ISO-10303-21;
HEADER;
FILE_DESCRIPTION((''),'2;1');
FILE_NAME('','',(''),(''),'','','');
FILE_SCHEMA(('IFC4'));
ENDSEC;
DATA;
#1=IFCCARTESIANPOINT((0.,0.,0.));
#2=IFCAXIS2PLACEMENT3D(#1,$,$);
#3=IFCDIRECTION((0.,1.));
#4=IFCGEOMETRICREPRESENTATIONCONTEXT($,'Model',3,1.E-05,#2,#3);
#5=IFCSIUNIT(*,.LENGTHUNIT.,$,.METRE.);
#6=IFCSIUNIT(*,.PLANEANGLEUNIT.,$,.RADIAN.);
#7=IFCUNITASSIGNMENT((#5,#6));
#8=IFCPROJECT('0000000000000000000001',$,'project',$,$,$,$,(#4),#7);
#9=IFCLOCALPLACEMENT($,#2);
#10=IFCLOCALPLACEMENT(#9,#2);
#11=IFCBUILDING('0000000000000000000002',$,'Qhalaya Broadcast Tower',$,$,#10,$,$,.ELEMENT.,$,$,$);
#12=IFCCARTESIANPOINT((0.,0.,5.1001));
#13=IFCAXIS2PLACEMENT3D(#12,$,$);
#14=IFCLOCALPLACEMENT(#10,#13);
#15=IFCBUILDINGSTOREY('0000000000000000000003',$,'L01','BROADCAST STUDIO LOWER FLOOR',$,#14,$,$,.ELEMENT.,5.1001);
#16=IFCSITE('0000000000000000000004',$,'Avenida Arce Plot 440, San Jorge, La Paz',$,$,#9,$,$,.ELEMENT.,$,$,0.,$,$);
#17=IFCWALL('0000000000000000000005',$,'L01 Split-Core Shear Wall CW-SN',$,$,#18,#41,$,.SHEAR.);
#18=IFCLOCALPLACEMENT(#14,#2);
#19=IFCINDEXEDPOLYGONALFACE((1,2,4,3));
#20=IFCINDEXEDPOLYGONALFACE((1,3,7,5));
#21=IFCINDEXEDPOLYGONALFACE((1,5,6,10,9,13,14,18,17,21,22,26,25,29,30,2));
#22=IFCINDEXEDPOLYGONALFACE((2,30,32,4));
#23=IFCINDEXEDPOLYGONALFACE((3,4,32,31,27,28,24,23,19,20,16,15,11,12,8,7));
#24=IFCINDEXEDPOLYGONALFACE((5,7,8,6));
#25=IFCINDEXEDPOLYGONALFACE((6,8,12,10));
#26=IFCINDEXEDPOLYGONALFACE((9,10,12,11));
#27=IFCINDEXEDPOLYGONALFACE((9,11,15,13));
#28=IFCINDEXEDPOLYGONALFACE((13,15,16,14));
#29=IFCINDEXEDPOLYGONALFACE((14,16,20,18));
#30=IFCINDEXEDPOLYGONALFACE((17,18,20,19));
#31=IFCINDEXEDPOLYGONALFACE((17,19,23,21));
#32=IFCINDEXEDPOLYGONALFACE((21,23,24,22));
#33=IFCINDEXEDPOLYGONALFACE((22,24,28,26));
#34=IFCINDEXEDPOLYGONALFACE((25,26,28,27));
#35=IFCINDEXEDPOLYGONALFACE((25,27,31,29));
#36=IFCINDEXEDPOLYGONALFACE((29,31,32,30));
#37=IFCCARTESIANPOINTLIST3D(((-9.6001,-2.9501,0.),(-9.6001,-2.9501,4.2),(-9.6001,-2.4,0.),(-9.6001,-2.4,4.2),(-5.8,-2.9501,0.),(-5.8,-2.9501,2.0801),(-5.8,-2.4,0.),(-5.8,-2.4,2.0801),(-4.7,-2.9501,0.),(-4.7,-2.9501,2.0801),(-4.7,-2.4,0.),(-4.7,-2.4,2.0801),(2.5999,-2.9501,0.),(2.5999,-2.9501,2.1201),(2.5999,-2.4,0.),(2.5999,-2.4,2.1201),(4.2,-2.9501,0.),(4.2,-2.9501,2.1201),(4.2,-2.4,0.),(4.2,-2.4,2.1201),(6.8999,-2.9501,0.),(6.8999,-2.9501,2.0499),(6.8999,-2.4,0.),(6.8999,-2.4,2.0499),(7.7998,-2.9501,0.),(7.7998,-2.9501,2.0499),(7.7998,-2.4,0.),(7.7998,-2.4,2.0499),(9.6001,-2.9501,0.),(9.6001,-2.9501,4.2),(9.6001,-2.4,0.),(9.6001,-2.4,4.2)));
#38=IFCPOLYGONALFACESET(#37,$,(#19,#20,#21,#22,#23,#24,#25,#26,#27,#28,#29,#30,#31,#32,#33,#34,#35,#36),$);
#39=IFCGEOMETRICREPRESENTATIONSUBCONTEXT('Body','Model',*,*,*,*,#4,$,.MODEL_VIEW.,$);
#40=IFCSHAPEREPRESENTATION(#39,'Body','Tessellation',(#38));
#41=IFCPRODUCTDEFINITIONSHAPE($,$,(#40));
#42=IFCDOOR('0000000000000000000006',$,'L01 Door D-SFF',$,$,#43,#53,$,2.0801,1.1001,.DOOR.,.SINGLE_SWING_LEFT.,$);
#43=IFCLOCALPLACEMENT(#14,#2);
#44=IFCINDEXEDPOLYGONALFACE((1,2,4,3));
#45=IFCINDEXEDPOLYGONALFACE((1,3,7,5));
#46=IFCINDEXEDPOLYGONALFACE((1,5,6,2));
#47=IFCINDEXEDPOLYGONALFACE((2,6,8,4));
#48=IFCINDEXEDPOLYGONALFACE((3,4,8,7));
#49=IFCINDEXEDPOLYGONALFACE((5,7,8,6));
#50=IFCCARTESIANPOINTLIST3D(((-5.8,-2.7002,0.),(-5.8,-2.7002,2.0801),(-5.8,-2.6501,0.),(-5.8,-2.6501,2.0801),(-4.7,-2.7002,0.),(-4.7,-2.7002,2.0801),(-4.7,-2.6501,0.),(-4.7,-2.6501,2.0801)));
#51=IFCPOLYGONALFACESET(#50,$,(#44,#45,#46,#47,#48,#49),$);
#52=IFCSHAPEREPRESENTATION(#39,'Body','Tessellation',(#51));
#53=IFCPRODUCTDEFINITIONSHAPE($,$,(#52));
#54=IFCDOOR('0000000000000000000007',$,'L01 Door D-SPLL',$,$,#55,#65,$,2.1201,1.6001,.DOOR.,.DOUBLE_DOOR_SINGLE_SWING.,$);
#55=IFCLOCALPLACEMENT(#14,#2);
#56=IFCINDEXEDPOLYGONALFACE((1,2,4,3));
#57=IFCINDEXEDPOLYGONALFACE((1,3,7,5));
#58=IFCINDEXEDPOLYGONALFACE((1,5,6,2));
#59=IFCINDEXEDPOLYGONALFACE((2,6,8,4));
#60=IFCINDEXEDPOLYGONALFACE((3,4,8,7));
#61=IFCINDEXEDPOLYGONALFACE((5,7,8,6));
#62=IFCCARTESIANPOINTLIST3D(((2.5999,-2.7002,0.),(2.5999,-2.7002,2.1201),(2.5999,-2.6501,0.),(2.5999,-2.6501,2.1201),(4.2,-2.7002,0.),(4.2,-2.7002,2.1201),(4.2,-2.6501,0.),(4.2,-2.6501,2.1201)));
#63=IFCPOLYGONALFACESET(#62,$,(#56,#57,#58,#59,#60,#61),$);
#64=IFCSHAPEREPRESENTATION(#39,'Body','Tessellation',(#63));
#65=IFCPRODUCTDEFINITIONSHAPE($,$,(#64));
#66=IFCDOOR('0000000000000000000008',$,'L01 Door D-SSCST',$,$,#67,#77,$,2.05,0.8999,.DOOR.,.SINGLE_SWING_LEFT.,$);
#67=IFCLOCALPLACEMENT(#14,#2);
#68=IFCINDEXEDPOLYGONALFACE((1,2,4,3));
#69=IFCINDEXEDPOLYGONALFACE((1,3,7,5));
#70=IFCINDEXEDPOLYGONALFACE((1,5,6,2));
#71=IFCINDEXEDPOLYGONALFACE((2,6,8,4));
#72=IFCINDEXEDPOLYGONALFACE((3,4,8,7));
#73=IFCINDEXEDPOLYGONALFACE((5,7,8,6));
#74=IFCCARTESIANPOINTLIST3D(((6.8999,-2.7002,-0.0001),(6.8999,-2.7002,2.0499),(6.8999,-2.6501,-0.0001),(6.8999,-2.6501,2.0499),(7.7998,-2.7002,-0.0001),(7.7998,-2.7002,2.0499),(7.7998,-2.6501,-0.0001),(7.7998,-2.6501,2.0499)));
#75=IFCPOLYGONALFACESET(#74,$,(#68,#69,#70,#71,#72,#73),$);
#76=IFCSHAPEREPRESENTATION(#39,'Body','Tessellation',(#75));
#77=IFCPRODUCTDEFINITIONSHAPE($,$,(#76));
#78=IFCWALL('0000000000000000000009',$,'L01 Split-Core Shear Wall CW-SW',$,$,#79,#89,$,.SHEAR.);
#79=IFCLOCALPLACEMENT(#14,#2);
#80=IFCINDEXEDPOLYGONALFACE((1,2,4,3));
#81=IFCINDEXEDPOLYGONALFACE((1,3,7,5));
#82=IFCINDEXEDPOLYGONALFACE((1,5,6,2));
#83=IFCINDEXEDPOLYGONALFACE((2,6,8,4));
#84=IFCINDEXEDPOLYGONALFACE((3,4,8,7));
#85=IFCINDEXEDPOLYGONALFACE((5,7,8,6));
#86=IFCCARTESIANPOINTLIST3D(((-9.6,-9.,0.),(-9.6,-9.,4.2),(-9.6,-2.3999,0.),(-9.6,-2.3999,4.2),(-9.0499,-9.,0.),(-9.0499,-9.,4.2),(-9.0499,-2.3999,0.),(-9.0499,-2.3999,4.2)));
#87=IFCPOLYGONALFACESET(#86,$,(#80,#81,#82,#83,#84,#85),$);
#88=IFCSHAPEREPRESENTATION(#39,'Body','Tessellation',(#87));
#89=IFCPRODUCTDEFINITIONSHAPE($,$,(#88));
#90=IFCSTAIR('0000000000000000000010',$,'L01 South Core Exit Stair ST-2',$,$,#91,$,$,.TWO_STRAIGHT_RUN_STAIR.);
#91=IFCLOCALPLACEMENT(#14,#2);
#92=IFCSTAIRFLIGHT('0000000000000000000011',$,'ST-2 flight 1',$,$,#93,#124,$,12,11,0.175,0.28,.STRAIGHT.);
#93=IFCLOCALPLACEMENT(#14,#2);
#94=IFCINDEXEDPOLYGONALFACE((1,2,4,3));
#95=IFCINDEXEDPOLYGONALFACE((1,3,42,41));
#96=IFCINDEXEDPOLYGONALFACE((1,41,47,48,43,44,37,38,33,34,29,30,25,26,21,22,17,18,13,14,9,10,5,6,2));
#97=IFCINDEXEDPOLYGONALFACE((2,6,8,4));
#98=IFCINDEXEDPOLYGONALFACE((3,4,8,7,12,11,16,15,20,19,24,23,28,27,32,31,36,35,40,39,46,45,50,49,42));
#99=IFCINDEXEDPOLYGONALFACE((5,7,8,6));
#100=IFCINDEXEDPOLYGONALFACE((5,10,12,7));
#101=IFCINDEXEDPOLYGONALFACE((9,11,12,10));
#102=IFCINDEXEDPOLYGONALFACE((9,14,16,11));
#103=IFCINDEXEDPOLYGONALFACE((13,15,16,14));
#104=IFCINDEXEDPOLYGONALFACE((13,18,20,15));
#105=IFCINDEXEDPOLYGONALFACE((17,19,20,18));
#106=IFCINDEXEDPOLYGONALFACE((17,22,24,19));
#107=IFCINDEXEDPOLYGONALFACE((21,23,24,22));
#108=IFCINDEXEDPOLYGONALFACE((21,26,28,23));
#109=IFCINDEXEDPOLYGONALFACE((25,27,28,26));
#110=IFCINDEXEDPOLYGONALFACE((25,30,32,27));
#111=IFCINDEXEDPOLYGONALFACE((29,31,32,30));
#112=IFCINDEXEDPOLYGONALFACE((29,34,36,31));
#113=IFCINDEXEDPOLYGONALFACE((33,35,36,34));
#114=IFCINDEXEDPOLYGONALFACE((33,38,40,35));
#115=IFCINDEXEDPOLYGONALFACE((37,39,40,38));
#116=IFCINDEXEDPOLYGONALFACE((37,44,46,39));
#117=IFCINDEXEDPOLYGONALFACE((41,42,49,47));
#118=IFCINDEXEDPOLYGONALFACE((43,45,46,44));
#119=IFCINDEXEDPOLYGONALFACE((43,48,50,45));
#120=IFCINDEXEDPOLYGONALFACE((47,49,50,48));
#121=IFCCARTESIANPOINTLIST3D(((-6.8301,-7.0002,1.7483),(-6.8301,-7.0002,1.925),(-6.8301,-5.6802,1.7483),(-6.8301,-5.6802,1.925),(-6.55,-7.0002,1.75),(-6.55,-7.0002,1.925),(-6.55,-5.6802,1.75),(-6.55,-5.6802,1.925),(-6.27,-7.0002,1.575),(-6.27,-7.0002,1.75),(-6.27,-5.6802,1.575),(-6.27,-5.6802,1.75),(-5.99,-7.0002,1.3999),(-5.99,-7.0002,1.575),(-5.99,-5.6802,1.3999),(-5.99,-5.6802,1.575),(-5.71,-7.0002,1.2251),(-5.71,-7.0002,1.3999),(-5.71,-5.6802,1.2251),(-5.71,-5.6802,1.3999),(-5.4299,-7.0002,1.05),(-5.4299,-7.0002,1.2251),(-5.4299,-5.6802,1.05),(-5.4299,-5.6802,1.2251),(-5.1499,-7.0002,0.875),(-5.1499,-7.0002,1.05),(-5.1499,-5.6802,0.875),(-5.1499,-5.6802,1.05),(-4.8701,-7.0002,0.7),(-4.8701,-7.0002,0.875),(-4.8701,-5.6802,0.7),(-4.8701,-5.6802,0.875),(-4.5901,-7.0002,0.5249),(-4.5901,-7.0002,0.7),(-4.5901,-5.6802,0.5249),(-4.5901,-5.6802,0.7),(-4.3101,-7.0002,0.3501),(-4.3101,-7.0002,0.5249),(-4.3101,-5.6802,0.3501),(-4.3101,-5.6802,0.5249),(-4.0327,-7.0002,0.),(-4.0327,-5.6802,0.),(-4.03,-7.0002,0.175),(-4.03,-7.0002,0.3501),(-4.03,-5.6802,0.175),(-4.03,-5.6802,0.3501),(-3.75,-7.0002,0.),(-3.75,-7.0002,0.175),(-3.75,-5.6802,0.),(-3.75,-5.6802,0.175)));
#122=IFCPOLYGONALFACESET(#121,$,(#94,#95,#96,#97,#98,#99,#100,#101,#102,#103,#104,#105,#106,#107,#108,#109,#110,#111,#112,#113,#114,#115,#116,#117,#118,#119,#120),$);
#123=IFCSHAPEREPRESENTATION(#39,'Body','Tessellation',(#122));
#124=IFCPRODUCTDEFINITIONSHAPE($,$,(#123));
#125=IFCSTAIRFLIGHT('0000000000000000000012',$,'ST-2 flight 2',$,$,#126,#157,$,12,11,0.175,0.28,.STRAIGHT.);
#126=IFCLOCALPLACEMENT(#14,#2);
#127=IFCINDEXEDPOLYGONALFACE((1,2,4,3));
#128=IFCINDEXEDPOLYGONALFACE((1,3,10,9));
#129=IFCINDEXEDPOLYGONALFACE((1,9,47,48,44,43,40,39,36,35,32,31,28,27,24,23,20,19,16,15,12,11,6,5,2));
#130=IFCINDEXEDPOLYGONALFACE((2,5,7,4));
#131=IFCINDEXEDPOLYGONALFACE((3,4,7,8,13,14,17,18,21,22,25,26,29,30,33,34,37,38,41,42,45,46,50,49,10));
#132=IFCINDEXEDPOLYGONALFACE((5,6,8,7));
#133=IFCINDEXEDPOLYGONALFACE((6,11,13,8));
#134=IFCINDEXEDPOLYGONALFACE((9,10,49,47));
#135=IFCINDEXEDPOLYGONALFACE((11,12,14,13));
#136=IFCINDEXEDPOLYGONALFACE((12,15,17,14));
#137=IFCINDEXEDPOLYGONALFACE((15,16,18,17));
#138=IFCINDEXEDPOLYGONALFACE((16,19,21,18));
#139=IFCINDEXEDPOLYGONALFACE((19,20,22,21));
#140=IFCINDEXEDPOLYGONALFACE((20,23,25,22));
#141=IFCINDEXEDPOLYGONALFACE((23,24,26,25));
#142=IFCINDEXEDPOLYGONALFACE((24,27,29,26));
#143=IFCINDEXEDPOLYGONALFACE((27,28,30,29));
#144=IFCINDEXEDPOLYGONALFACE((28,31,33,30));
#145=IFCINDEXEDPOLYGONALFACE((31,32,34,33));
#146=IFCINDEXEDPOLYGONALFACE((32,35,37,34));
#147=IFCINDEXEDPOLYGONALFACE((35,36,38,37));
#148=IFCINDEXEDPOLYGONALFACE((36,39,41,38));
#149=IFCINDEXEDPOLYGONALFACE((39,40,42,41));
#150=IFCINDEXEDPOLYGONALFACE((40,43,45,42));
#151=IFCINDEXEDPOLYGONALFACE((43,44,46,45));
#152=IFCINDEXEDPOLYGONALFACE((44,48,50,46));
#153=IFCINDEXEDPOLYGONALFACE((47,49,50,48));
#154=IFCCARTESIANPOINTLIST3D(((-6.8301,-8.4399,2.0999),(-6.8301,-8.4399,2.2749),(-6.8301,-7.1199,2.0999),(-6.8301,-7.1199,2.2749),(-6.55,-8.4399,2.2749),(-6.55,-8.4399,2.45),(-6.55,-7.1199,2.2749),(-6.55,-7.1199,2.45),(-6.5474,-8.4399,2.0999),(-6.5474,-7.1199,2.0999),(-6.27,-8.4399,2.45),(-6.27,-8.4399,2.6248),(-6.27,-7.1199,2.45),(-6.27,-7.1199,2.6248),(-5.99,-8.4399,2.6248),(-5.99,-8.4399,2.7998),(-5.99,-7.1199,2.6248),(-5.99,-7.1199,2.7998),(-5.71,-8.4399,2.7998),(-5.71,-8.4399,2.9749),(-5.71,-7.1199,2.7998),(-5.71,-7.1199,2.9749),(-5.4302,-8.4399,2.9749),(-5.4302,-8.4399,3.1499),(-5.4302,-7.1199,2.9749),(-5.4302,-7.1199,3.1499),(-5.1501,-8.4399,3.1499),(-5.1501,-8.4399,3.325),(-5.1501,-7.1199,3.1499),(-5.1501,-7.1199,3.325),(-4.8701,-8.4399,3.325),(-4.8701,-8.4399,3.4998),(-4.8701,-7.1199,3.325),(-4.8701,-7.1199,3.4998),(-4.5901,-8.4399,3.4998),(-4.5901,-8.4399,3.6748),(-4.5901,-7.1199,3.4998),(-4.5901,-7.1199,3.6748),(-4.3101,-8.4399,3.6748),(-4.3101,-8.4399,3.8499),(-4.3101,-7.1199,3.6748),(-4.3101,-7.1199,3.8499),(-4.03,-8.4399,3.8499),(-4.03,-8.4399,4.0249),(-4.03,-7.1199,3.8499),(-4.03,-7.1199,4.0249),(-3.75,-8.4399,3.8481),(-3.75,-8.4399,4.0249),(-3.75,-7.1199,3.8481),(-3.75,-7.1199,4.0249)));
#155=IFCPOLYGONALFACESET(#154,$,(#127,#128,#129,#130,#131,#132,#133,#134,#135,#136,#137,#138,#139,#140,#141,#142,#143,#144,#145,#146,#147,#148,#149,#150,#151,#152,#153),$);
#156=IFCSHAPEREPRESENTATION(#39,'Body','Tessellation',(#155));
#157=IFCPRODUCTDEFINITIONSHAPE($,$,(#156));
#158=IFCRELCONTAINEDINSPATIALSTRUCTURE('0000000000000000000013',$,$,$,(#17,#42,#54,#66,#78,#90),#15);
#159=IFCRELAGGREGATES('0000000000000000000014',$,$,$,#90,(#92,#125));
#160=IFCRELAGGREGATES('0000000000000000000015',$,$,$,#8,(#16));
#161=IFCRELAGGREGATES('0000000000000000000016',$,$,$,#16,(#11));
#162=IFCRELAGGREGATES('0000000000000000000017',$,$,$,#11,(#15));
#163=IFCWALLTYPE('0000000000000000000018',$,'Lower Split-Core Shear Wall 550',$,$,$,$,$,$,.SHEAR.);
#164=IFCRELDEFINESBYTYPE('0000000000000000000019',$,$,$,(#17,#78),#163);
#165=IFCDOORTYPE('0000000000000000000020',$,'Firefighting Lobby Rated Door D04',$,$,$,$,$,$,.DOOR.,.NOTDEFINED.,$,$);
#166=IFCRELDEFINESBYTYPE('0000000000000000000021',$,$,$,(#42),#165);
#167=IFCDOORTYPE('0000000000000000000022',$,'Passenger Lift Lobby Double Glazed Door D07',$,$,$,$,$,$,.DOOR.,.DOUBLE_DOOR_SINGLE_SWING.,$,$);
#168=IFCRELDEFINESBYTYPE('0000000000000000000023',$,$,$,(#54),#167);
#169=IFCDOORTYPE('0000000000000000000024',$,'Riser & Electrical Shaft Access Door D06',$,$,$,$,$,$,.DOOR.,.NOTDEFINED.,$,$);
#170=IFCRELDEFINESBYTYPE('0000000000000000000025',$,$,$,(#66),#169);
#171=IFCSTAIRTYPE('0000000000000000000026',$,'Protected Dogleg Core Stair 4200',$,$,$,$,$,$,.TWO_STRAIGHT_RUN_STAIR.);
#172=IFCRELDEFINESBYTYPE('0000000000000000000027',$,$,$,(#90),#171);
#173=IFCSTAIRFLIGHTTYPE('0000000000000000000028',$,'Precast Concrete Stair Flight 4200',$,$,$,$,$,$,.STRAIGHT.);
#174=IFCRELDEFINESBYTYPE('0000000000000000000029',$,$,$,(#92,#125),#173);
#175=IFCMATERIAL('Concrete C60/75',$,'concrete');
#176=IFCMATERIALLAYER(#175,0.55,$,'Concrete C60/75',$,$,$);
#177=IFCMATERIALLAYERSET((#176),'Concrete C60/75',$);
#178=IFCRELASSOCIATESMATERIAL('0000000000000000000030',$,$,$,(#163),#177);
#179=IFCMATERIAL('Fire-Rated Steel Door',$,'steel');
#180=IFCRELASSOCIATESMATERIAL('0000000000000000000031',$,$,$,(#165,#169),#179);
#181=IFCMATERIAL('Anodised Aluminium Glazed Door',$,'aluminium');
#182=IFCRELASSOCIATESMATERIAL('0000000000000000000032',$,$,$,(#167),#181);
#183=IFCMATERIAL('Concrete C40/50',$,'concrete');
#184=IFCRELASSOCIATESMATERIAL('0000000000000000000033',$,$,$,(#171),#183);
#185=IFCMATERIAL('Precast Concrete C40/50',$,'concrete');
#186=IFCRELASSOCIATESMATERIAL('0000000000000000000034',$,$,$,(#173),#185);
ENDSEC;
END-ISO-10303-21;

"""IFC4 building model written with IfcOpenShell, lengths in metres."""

from ifc_helpers import new_model, si_unit, direction, frame, frame_2d, origin, place, context, subcontext, project, spatial, polyline, rectangle, outline, extrude, material, layer, layer_set, type_object, element, fill, aggregate, save


model = new_model("IFC4")

# Units and contexts
model_context = context("Model", 3, precision=1e-05, world=origin(), true_north=direction((0.0, 1.0)))
body_context = subcontext(model_context, "Body", "Model", "MODEL_VIEW")
ifc_project = project(units=[si_unit("LENGTHUNIT", "METRE"), si_unit("PLANEANGLEUNIT", "RADIAN")], contexts=[model_context])

# Site, building, storey
site_placement = place(None, origin())
site = spatial("IfcSite", under=ifc_project, at=site_placement, Name="Avenida Arce Plot 440, San Jorge, La Paz", CompositionType="ELEMENT", RefElevation=0.0)
building_placement = place(site_placement, origin())
building = spatial("IfcBuilding", under=site, at=building_placement, Name="Qhalaya Broadcast Tower", CompositionType="ELEMENT")
storey_placement = place(building_placement, frame((0.0, 0.0, 5.1001)))
storey = spatial("IfcBuildingStorey", under=building, at=storey_placement, Name="L01", Description="BROADCAST STUDIO LOWER FLOOR", CompositionType="ELEMENT", Elevation=5.1001)

# Shared definitions
ifc_material_1 = material(Name="Fire-Rated Steel Door", Category="steel")

# Shared definitions
ifc_material_2 = material(Name="Concrete C60/75", Category="concrete")
ifc_layer_1 = layer(ifc_material_2, 0.55, Name="Concrete C60/75")
ifc_layer_set_1 = layer_set([ifc_layer_1], Name="Concrete C60/75")
wall_type_1 = type_object("IfcWallType", Name="Lower Split-Core Shear Wall 550", PredefinedType="SHEAR", material=ifc_layer_set_1)

# Wall, openings, doors
wall_1_placement = place(storey_placement, frame((-9.6001, -2.675, 0.0), z_axis=(0.0, 0.0, 1.0), x_axis=(1.0, 0.0, 0.0)))
wall_1 = element("IfcWall", 1, at=wall_1_placement, inside=storey, type_object=wall_type_1, Name="L01 Split-Core Shear Wall CW-SN", PredefinedType="SHEAR", context=body_context, shape_type="SweptSolid", body=[
    extrude(rectangle(XDim=19.2002, YDim=0.55, at=frame_2d((9.6001, 0.0))), origin(), (0.0, 0.0, 1.0), 4.2),
])
opening_1_placement = place(wall_1_placement, frame((3.8, 0.0, 0.0)))
opening_1 = element("IfcOpeningElement", 2, at=opening_1_placement, cuts=wall_1, PredefinedType="OPENING", context=body_context, shape_type="SweptSolid", body=[
    extrude(rectangle(XDim=1.1001, YDim=2.0801, at=frame_2d((0.55, 1.04))), frame((0.0, 0.2871, 0.0), z_axis=(0.0, -1.0, 0.0), x_axis=(1.0, 0.0, 0.0)), (0.0, 0.0, 1.0), 0.574),
])
opening_2_placement = place(wall_1_placement, frame((12.2, 0.0, 0.0)))
opening_2 = element("IfcOpeningElement", 3, at=opening_2_placement, cuts=wall_1, PredefinedType="OPENING", context=body_context, shape_type="SweptSolid", body=[
    extrude(rectangle(XDim=1.6001, YDim=2.1201, at=frame_2d((0.8, 1.0601))), frame((0.0, 0.2871, 0.0), z_axis=(0.0, -1.0, 0.0), x_axis=(1.0, 0.0, 0.0)), (0.0, 0.0, 1.0), 0.574),
])
opening_3_placement = place(wall_1_placement, frame((16.5, 0.0, 0.0)))
opening_3 = element("IfcOpeningElement", 4, at=opening_3_placement, cuts=wall_1, PredefinedType="OPENING", context=body_context, shape_type="SweptSolid", body=[
    extrude(rectangle(XDim=0.8999, YDim=2.05, at=frame_2d((0.45, 1.0249))), frame((0.0, 0.2871, 0.0), z_axis=(0.0, -1.0, 0.0), x_axis=(1.0, 0.0, 0.0)), (0.0, 0.0, 1.0), 0.574),
])
door_type_1 = type_object("IfcDoorType", Name="Firefighting Lobby Rated Door D04", OperationType="NOTDEFINED", PredefinedType="DOOR", material=ifc_material_1)
door_1_placement = place(opening_1_placement, origin())
door_1 = element("IfcDoor", 5, at=door_1_placement, inside=storey, type_object=door_type_1, Name="L01 Door D-SFF", OperationType="SINGLE_SWING_LEFT", OverallHeight=2.0801, OverallWidth=1.1001, PredefinedType="DOOR", context=body_context, shape_type="SweptSolid", body=[
    extrude(rectangle(XDim=1.1001, YDim=2.0801, at=frame_2d((0.55, 1.04))), frame((0.0, 0.0249, 0.0), z_axis=(0.0, -1.0, 0.0), x_axis=(1.0, 0.0, 0.0)), (0.0, 0.0, 1.0), 0.05),
])
fill(opening_1, door_1)
ifc_material_3 = material(Name="Anodised Aluminium Glazed Door", Category="aluminium")
door_type_2 = type_object("IfcDoorType", Name="Passenger Lift Lobby Double Glazed Door D07", OperationType="DOUBLE_DOOR_SINGLE_SWING", PredefinedType="DOOR", material=ifc_material_3)
door_2_placement = place(opening_2_placement, origin())
door_2 = element("IfcDoor", 6, at=door_2_placement, inside=storey, type_object=door_type_2, Name="L01 Door D-SPLL", OperationType="DOUBLE_DOOR_SINGLE_SWING", OverallHeight=2.1201, OverallWidth=1.6001, PredefinedType="DOOR", context=body_context, shape_type="SweptSolid", body=[
    extrude(rectangle(XDim=1.6001, YDim=2.1201, at=frame_2d((0.8, 1.0601))), frame((0.0, 0.0249, 0.0), z_axis=(0.0, -1.0, 0.0), x_axis=(1.0, 0.0, 0.0)), (0.0, 0.0, 1.0), 0.05),
])
fill(opening_2, door_2)
door_type_3 = type_object("IfcDoorType", Name="Riser & Electrical Shaft Access Door D06", OperationType="NOTDEFINED", PredefinedType="DOOR", material=ifc_material_1)
door_3_placement = place(opening_3_placement, origin())
door_3 = element("IfcDoor", 7, at=door_3_placement, inside=storey, type_object=door_type_3, Name="L01 Door D-SSCST", OperationType="SINGLE_SWING_LEFT", OverallHeight=2.05, OverallWidth=0.8999, PredefinedType="DOOR", context=body_context, shape_type="SweptSolid", body=[
    extrude(rectangle(XDim=0.8999, YDim=2.05, at=frame_2d((0.45, 1.0249))), frame((0.0, 0.0249, 0.0), z_axis=(0.0, -1.0, 0.0), x_axis=(1.0, 0.0, 0.0)), (0.0, 0.0, 1.0), 0.05),
])
fill(opening_3, door_3)

# Wall
wall_2_placement = place(storey_placement, frame((-9.325, -9.0, 0.0), z_axis=(0.0, 0.0, 1.0), x_axis=(0.0, 1.0, 0.0)))
element("IfcWall", 8, at=wall_2_placement, inside=storey, type_object=wall_type_1, Name="L01 Split-Core Shear Wall CW-SW", PredefinedType="SHEAR", context=body_context, shape_type="SweptSolid", body=[
    extrude(rectangle(XDim=6.6001, YDim=0.55, at=frame_2d((3.3, 0.0))), origin(), (0.0, 0.0, 1.0), 4.2),
])

# Stair, stair flights
ifc_material_4 = material(Name="Concrete C40/50", Category="concrete")
stair_type = type_object("IfcStairType", Name="Protected Dogleg Core Stair 4200", PredefinedType="TWO_STRAIGHT_RUN_STAIR", material=ifc_material_4)
stair_placement = place(storey_placement, origin())
stair = element("IfcStair", 9, at=stair_placement, inside=storey, type_object=stair_type, Name="L01 South Core Exit Stair ST-2", PredefinedType="TWO_STRAIGHT_RUN_STAIR")
ifc_material_5 = material(Name="Precast Concrete C40/50", Category="concrete")
stair_flight_type = type_object("IfcStairFlightType", Name="Precast Concrete Stair Flight 4200", PredefinedType="STRAIGHT", material=ifc_material_5)
stair_flight_1_placement = place(storey_placement, frame((-3.75, -6.3401, 0.0), z_axis=(0.0, 0.0, 1.0), x_axis=(-1.0, 0.0, 0.0)))
stair_flight_1 = element("IfcStairFlight", 10, at=stair_flight_1_placement, type_object=stair_flight_type, Name="ST-2 flight 1", NumberOfRisers=12, NumberOfTreads=11, PredefinedType="STRAIGHT", RiserHeight=0.175, TreadLength=0.28, context=body_context, shape_type="SweptSolid", body=[
    extrude(outline(polyline([(0.0, 0.0), (0.0, 0.175), (0.28, 0.175), (0.28, 0.3501), (0.5601, 0.3501), (0.5601, 0.5249), (0.8401, 0.5249), (0.8401, 0.7), (1.1201, 0.7), (1.1201, 0.875), (1.3999, 0.875), (1.3999, 1.05), (1.6799, 1.05), (1.6799, 1.2251), (1.96, 1.2251), (1.96, 1.3999), (2.24, 1.3999), (2.24, 1.575), (2.52, 1.575), (2.52, 1.75), (2.8, 1.75), (2.8, 1.925), (3.0801, 1.925), (3.0801, 2.1001), (3.0801, 1.7483), (0.2827, 0.0), (0.0, 0.0)])), frame((0.0, 0.6602, 0.0), z_axis=(0.0, -1.0, 0.0), x_axis=(1.0, 0.0, 0.0)), (0.0, 0.0, 1.0), 1.3201),
])
stair_flight_2_placement = place(storey_placement, frame((-6.8301, -7.78, 2.0999), z_axis=(0.0, 0.0, 1.0), x_axis=(1.0, 0.0, 0.0)))
stair_flight_2 = element("IfcStairFlight", 11, at=stair_flight_2_placement, type_object=stair_flight_type, Name="ST-2 flight 2", NumberOfRisers=12, NumberOfTreads=11, PredefinedType="STRAIGHT", RiserHeight=0.175, TreadLength=0.28, context=body_context, shape_type="SweptSolid", body=[
    extrude(outline(polyline([(0.0, 0.0), (0.0, 0.175), (0.28, 0.175), (0.28, 0.3501), (0.5601, 0.3501), (0.5601, 0.5249), (0.8401, 0.5249), (0.8401, 0.7), (1.1201, 0.7), (1.1201, 0.875), (1.3999, 0.875), (1.3999, 1.05), (1.6799, 1.05), (1.6799, 1.2251), (1.96, 1.2251), (1.96, 1.3999), (2.24, 1.3999), (2.24, 1.575), (2.52, 1.575), (2.52, 1.75), (2.8, 1.75), (2.8, 1.925), (3.0801, 1.925), (3.0801, 2.1001), (3.0801, 1.7483), (0.2827, 0.0), (0.0, 0.0)])), frame((0.0, 0.6602, 0.0), z_axis=(0.0, -1.0, 0.0), x_axis=(1.0, 0.0, 0.0)), (0.0, 0.0, 1.0), 1.3201),
])
aggregate(stair, [stair_flight_1, stair_flight_2])

save(model, "model.ifc")
